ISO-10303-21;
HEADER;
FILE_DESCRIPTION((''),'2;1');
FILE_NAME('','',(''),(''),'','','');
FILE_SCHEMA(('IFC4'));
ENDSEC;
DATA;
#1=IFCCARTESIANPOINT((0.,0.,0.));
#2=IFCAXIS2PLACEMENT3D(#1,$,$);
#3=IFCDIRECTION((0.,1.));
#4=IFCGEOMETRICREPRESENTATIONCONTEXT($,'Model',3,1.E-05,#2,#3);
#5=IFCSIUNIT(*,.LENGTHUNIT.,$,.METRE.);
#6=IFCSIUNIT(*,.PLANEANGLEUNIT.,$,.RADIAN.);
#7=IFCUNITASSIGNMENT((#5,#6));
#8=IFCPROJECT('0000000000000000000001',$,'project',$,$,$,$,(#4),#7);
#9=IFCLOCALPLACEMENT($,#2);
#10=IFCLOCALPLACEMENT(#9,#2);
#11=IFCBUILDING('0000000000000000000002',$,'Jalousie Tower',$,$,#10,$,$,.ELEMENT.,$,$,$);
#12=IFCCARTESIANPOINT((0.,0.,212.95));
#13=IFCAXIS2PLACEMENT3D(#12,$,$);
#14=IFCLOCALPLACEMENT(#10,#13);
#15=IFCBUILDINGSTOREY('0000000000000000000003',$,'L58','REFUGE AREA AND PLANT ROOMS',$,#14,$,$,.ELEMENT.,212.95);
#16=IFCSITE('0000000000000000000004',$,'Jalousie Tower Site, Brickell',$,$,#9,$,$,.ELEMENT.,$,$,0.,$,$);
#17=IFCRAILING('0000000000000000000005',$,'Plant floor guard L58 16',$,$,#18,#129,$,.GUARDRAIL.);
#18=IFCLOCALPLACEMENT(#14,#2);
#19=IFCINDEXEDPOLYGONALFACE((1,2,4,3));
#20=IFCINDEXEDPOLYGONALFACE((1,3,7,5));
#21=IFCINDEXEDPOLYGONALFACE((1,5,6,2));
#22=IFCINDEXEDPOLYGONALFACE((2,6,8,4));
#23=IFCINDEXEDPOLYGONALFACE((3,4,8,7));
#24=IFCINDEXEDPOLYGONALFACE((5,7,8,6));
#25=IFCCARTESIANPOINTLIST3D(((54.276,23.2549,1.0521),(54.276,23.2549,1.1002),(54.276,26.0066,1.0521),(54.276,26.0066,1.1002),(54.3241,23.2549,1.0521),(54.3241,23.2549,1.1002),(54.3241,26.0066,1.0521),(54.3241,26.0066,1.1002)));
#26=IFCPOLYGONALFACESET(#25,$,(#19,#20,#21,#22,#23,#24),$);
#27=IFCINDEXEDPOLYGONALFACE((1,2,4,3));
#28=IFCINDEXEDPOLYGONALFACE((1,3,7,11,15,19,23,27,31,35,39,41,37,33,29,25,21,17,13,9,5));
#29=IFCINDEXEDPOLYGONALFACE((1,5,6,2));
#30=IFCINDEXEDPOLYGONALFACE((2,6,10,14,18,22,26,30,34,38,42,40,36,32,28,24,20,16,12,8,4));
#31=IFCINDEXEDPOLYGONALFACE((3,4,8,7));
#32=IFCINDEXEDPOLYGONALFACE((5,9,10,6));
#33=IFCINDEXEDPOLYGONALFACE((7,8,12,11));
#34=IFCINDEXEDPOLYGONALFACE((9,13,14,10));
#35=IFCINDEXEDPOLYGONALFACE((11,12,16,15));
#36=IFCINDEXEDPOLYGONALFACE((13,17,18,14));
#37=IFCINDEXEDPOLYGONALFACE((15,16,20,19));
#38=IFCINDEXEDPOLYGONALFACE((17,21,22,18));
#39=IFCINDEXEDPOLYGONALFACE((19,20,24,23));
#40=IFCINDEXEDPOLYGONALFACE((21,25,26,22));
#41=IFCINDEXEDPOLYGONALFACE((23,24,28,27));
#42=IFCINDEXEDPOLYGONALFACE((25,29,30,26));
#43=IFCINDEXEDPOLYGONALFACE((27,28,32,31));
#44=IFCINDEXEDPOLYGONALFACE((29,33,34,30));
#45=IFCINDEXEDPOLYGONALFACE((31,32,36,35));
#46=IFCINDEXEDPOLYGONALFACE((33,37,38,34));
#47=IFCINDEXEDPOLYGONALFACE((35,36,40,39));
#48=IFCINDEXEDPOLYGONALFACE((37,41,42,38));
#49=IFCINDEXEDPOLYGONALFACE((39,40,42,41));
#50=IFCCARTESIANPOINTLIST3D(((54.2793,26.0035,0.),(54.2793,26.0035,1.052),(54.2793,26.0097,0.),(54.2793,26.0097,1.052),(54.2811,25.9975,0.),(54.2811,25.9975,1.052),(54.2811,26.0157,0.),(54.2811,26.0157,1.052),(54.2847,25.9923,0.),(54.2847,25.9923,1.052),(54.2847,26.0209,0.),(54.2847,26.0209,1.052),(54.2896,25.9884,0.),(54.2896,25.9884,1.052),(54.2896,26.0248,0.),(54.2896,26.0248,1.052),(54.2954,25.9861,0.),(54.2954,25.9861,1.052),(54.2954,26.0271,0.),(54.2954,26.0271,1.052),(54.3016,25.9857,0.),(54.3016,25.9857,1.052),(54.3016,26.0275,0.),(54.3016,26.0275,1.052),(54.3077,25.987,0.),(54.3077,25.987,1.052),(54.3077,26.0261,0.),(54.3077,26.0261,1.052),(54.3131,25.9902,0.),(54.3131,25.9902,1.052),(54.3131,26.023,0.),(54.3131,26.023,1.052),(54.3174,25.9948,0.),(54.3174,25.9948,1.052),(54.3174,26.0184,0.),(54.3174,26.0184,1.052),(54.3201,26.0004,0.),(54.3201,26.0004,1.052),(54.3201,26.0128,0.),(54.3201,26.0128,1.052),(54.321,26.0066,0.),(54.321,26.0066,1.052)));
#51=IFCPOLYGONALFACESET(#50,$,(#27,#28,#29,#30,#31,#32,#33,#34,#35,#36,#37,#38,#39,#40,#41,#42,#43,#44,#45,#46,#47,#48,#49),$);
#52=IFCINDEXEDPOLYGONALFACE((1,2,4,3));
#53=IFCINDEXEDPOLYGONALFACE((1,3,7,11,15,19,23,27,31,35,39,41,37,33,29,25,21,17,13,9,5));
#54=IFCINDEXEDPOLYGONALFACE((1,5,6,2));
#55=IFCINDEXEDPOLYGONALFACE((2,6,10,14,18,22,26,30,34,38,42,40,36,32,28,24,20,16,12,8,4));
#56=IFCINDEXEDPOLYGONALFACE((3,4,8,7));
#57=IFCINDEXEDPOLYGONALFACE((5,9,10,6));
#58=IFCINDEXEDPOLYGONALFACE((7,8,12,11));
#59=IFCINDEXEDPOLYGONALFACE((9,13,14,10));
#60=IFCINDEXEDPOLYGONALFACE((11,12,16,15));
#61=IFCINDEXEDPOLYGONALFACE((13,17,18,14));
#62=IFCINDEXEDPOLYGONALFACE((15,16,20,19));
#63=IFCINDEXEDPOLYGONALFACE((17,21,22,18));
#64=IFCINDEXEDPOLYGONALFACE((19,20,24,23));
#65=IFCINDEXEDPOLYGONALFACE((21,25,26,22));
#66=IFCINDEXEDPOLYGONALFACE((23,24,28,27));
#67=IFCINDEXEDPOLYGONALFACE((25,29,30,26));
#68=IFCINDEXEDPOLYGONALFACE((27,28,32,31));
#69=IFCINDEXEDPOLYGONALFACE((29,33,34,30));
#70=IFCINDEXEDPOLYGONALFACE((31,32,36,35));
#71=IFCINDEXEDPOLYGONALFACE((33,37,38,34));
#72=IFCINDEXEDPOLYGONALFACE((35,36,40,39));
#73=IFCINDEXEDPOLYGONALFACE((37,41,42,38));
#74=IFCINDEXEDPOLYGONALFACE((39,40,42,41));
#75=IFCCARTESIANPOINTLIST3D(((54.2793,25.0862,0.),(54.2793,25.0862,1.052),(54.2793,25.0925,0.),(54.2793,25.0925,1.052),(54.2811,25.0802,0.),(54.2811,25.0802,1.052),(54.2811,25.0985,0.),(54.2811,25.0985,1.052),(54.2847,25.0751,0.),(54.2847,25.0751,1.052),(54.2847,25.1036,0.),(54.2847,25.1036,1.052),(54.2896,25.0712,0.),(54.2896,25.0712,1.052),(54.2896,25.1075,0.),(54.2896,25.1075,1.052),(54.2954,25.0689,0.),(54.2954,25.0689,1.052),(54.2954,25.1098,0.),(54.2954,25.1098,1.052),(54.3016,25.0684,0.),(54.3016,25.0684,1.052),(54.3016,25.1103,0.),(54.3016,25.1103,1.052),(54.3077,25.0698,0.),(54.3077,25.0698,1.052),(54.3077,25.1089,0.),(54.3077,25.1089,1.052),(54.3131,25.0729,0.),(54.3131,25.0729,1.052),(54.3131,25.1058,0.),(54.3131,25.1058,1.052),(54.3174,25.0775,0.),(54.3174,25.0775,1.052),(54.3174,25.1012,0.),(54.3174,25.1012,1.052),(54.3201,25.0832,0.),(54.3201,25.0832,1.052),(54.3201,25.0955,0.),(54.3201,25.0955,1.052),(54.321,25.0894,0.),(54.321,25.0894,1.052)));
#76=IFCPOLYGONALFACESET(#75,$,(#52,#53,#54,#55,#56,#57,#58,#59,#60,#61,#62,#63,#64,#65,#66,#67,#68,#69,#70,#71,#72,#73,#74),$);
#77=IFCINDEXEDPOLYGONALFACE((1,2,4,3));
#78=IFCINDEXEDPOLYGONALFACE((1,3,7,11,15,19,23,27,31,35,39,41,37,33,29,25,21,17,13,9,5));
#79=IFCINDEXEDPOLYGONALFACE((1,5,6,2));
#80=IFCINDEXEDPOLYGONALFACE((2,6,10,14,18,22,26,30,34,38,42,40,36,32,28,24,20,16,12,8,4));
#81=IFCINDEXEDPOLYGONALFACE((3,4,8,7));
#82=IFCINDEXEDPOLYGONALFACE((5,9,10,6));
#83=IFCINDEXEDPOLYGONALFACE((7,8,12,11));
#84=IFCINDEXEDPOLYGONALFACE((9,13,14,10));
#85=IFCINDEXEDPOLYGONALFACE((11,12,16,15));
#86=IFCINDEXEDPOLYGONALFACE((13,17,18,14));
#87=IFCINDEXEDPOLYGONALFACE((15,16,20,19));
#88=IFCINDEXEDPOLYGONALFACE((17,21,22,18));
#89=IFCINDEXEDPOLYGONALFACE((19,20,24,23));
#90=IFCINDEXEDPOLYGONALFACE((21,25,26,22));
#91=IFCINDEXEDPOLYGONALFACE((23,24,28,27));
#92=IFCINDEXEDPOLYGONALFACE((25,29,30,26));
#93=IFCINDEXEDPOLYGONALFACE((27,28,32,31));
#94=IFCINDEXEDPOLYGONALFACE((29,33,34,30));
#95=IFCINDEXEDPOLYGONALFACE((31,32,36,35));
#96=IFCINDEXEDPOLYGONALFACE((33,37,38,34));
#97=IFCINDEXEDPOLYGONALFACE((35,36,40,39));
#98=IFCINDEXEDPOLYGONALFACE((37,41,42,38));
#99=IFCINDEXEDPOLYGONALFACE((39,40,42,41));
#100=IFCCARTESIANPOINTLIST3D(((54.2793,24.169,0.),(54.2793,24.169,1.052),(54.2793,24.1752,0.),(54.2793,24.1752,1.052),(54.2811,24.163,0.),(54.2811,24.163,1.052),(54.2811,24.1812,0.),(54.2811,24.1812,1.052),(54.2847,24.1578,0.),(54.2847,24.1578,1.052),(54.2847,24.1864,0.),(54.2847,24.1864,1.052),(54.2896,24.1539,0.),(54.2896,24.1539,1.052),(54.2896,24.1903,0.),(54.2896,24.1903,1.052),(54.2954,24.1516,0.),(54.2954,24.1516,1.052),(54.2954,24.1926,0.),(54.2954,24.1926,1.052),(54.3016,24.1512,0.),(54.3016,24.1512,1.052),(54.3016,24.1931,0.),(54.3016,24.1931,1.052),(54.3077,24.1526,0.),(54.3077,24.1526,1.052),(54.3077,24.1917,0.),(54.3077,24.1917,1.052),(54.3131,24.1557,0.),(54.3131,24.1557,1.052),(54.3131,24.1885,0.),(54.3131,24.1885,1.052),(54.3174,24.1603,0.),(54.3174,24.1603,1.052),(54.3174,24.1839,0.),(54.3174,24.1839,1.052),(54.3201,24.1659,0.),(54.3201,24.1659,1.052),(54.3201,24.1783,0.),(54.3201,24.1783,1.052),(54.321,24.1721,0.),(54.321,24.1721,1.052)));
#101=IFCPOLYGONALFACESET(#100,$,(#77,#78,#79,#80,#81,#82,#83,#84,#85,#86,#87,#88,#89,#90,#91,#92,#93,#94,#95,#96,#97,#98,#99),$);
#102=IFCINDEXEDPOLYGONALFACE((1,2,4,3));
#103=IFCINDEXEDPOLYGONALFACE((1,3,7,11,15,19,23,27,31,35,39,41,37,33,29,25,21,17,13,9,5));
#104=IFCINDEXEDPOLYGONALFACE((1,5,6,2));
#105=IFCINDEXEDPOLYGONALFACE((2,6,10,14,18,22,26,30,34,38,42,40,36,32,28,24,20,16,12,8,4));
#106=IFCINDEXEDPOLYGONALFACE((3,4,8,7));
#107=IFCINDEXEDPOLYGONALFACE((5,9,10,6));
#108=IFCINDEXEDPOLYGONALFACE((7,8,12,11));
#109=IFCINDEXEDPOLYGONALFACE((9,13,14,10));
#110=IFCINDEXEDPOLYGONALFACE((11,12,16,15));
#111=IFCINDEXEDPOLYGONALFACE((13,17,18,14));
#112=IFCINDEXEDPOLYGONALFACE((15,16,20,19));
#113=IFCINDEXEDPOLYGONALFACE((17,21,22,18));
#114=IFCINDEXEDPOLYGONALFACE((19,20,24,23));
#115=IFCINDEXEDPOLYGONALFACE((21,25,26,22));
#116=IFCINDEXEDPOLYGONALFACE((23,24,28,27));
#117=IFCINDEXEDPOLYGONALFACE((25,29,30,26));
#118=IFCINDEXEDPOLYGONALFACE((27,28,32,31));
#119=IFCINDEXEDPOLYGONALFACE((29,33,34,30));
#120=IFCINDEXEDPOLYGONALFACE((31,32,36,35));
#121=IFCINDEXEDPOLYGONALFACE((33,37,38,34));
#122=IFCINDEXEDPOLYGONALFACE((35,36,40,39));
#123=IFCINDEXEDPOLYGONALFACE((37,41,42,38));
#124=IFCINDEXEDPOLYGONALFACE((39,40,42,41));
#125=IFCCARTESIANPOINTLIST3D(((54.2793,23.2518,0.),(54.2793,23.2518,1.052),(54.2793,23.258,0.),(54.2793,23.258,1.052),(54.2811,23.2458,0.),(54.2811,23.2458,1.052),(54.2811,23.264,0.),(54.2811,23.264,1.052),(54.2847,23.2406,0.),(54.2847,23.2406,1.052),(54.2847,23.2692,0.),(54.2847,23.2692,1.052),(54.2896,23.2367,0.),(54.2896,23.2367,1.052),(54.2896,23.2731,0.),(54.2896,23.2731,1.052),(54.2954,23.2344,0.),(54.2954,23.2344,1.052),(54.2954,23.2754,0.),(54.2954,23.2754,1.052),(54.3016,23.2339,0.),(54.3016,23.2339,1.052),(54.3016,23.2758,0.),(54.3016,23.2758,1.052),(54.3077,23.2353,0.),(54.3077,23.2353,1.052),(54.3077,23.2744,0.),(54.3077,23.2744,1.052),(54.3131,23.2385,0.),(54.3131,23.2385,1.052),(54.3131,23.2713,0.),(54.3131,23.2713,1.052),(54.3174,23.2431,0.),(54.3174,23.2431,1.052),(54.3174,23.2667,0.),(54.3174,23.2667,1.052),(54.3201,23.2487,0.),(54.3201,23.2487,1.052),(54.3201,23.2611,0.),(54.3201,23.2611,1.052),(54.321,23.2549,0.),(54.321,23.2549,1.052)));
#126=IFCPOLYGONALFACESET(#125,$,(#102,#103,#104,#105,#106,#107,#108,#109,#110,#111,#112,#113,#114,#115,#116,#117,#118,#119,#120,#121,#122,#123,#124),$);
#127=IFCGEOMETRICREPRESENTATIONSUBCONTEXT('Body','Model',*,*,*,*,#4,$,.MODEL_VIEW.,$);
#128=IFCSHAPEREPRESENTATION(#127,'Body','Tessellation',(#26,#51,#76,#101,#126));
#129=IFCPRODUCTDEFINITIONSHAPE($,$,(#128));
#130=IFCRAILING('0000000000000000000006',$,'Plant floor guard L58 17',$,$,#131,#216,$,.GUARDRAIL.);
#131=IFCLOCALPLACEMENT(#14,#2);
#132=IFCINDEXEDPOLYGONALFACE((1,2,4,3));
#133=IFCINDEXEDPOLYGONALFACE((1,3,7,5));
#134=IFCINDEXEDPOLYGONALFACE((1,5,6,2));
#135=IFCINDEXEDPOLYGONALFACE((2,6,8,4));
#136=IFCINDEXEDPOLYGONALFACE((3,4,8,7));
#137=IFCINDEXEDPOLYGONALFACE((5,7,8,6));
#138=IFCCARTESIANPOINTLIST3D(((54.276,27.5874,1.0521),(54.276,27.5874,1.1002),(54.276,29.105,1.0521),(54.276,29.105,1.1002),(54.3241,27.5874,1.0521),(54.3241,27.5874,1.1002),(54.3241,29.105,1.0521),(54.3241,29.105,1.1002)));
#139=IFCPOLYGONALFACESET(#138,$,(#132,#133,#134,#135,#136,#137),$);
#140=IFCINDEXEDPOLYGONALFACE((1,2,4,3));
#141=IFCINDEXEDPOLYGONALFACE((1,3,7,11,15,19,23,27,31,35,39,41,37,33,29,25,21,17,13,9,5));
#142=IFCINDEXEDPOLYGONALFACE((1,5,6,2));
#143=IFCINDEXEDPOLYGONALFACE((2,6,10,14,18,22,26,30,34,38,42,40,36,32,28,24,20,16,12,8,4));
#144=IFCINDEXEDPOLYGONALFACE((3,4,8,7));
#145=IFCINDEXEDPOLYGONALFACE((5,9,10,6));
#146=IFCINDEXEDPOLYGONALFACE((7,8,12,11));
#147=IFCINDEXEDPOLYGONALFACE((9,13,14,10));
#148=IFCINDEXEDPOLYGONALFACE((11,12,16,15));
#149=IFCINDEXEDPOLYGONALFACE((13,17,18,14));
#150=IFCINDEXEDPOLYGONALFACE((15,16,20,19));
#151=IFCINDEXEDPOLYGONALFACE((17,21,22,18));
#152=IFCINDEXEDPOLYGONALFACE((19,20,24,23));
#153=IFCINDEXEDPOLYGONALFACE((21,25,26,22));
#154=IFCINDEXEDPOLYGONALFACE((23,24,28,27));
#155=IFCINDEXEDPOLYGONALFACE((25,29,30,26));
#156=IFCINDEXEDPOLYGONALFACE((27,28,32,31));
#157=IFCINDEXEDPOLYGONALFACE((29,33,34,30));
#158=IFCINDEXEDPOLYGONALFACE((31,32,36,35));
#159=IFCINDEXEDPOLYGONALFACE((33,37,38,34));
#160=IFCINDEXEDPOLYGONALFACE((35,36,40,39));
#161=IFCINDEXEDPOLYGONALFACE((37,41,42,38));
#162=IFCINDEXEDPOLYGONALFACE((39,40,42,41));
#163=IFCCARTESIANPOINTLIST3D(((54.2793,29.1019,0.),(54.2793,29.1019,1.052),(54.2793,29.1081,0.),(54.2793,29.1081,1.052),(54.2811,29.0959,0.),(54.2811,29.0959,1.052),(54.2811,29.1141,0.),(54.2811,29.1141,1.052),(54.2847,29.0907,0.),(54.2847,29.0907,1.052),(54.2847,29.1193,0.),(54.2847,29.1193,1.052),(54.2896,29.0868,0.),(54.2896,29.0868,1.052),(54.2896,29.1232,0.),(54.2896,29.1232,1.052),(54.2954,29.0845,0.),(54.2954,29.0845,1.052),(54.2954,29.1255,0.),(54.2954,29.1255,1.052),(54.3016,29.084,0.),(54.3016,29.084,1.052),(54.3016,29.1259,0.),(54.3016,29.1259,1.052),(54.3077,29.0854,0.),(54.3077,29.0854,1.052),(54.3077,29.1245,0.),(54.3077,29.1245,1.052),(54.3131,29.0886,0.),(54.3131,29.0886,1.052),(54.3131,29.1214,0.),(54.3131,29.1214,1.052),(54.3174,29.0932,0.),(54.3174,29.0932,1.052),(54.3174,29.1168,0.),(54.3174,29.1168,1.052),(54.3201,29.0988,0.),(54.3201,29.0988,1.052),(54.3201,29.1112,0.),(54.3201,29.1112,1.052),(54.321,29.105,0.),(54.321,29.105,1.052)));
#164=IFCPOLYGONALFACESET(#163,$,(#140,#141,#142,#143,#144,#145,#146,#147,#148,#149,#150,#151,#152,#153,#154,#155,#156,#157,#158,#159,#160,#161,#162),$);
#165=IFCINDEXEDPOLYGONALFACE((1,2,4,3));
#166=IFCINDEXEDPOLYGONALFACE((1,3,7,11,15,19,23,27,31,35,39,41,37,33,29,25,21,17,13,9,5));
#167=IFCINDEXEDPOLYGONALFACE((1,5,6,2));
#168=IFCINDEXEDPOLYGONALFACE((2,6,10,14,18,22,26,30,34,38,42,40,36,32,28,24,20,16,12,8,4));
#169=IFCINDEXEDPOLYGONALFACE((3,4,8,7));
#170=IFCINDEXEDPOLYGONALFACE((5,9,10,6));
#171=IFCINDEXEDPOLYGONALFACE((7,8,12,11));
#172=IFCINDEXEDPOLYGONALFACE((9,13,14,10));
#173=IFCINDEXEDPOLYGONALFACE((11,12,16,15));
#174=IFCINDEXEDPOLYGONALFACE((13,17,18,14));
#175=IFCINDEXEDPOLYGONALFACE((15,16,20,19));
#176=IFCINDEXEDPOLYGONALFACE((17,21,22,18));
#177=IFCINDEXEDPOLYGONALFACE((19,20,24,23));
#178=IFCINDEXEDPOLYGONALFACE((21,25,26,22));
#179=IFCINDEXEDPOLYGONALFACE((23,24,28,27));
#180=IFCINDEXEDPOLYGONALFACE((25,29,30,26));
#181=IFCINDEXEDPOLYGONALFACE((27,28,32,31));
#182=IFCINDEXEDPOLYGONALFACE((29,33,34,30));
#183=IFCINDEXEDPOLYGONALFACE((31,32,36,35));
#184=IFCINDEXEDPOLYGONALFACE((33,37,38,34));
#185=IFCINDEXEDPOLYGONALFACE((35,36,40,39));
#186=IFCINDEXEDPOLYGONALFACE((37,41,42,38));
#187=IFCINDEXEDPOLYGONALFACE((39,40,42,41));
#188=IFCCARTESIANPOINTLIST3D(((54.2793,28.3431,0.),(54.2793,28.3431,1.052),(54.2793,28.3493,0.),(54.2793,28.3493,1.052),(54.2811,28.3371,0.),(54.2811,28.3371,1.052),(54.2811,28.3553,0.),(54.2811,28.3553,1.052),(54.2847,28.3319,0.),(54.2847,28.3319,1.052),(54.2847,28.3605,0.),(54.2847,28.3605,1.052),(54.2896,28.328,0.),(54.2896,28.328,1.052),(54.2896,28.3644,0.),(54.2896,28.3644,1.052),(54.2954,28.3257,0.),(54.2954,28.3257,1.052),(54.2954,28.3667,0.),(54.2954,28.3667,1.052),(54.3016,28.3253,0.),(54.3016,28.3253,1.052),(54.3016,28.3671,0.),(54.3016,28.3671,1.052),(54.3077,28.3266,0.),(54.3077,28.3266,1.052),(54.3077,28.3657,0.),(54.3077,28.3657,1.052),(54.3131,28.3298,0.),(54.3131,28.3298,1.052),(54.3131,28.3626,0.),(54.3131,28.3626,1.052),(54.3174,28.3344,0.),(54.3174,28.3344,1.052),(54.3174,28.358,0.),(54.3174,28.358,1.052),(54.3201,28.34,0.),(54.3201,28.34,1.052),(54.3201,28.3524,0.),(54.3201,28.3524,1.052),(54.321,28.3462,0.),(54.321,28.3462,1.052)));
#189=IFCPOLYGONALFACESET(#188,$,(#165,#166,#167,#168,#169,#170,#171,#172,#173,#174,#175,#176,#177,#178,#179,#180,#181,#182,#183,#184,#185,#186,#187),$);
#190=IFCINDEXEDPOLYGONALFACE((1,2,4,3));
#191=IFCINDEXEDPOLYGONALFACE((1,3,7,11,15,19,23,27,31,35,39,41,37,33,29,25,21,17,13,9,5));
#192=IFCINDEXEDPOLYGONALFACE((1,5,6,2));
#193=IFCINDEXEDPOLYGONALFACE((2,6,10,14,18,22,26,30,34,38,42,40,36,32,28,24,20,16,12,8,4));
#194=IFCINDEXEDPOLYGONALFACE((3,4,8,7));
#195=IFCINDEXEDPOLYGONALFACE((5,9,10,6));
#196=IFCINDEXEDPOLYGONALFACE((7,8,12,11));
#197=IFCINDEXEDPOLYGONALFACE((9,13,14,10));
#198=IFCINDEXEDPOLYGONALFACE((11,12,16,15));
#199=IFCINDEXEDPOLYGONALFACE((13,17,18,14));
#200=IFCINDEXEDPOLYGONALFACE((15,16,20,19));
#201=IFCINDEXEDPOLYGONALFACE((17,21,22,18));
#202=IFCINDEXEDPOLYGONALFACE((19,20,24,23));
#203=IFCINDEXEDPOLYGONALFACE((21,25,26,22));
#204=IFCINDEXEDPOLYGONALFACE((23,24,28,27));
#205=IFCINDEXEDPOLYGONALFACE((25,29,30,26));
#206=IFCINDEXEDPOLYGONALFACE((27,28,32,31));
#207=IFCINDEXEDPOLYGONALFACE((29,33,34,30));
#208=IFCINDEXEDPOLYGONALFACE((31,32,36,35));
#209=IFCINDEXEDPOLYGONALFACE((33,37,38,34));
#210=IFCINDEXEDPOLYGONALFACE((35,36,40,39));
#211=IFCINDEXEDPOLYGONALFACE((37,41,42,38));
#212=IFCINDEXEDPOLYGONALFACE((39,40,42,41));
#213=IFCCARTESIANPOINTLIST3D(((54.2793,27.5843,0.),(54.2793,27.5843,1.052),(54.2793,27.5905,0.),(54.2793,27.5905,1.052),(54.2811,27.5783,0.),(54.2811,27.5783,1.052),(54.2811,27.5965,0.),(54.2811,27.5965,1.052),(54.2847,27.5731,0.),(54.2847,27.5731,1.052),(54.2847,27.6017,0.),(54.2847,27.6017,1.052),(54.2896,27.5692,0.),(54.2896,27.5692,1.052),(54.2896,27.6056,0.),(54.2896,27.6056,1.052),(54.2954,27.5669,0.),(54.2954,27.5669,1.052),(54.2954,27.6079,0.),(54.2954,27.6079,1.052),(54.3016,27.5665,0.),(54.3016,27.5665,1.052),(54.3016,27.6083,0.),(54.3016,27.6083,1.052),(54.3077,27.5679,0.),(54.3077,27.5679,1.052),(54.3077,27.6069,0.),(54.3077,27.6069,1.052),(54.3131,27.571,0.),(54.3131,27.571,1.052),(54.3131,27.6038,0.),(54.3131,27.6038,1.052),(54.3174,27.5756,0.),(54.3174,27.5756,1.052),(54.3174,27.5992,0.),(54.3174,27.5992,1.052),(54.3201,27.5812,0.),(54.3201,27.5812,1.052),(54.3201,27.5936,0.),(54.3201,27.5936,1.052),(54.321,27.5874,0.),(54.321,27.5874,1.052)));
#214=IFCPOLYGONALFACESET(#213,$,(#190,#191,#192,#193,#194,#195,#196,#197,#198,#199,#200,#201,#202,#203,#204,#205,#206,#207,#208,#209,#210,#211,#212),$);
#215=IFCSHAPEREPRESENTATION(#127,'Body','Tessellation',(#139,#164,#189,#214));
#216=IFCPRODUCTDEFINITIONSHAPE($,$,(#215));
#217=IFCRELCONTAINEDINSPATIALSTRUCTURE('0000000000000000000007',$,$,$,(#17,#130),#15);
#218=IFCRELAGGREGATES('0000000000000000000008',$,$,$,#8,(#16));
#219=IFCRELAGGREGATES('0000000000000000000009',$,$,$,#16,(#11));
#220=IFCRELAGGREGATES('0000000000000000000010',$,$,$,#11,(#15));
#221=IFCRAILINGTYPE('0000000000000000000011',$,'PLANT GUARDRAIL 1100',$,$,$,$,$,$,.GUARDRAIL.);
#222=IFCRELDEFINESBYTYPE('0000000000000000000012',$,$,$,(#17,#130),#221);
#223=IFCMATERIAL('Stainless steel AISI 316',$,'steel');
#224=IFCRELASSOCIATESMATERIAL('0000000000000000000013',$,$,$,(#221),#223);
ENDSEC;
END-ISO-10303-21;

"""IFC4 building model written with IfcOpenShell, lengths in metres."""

from ifc_helpers import new_model, si_unit, direction, frame, origin, origin_2d, place, context, subcontext, project, spatial, rectangle, circle, extrude, material, type_object, element, save


model = new_model("IFC4")

# Units and contexts
model_context = context("Model", 3, precision=1e-05, world=origin(), true_north=direction((0.0, 1.0)))
body_context = subcontext(model_context, "Body", "Model", "MODEL_VIEW")
ifc_project = project(units=[si_unit("LENGTHUNIT", "METRE"), si_unit("PLANEANGLEUNIT", "RADIAN")], contexts=[model_context])

# Site, building, storey
site_placement = place(None, origin())
site = spatial("IfcSite", under=ifc_project, at=site_placement, Name="Jalousie Tower Site, Brickell", CompositionType="ELEMENT", RefElevation=0.0)
building_placement = place(site_placement, origin())
building = spatial("IfcBuilding", under=site, at=building_placement, Name="Jalousie Tower", CompositionType="ELEMENT")
storey_placement = place(building_placement, frame((0.0, 0.0, 212.95)))
storey = spatial("IfcBuildingStorey", under=building, at=storey_placement, Name="L58", Description="REFUGE AREA AND PLANT ROOMS", CompositionType="ELEMENT", Elevation=212.95)

# Railings
ifc_material_1 = material(Name="Stainless steel AISI 316", Category="steel")
railing_type = type_object("IfcRailingType", Name="PLANT GUARDRAIL 1100", PredefinedType="GUARDRAIL", material=ifc_material_1)
railing_1_placement = place(storey_placement, frame((54.3, 26.0066, 0.0)))
element("IfcRailing", 1, at=railing_1_placement, inside=storey, type_object=railing_type, Name="Plant floor guard L58 16", PredefinedType="GUARDRAIL", context=body_context, shape_type="SweptSolid", body=[
    extrude(rectangle(XDim=0.0481, YDim=0.0481, at=origin_2d()), frame((0.0, 0.0, 1.0762), z_axis=(0.0, -1.0, 0.0), x_axis=(1.0, 0.0, 0.0)), (0.0, 0.0, 1.0), 2.7517),
    extrude(circle(Radius=0.021, at=origin_2d()), origin(), (0.0, 0.0, 1.0), 1.052),
    extrude(circle(Radius=0.021, at=origin_2d()), frame((0.0, -0.9172, 0.0)), (0.0, 0.0, 1.0), 1.052),
    extrude(circle(Radius=0.021, at=origin_2d()), frame((0.0, -1.8345, 0.0)), (0.0, 0.0, 1.0), 1.052),
    extrude(circle(Radius=0.021, at=origin_2d()), frame((0.0, -2.7517, 0.0)), (0.0, 0.0, 1.0), 1.052),
])
railing_2_placement = place(storey_placement, frame((54.3, 29.105, 0.0)))
element("IfcRailing", 2, at=railing_2_placement, inside=storey, type_object=railing_type, Name="Plant floor guard L58 17", PredefinedType="GUARDRAIL", context=body_context, shape_type="SweptSolid", body=[
    extrude(rectangle(XDim=0.0481, YDim=0.0481, at=origin_2d()), frame((0.0, 0.0, 1.0762), z_axis=(0.0, -1.0, 0.0), x_axis=(1.0, 0.0, 0.0)), (0.0, 0.0, 1.0), 1.5176),
    extrude(circle(Radius=0.021, at=origin_2d()), origin(), (0.0, 0.0, 1.0), 1.052),
    extrude(circle(Radius=0.021, at=origin_2d()), frame((0.0, -0.7588, 0.0)), (0.0, 0.0, 1.0), 1.052),
    extrude(circle(Radius=0.021, at=origin_2d()), frame((0.0, -1.5176, 0.0)), (0.0, 0.0, 1.0), 1.052),
])

save(model, "model.ifc")
